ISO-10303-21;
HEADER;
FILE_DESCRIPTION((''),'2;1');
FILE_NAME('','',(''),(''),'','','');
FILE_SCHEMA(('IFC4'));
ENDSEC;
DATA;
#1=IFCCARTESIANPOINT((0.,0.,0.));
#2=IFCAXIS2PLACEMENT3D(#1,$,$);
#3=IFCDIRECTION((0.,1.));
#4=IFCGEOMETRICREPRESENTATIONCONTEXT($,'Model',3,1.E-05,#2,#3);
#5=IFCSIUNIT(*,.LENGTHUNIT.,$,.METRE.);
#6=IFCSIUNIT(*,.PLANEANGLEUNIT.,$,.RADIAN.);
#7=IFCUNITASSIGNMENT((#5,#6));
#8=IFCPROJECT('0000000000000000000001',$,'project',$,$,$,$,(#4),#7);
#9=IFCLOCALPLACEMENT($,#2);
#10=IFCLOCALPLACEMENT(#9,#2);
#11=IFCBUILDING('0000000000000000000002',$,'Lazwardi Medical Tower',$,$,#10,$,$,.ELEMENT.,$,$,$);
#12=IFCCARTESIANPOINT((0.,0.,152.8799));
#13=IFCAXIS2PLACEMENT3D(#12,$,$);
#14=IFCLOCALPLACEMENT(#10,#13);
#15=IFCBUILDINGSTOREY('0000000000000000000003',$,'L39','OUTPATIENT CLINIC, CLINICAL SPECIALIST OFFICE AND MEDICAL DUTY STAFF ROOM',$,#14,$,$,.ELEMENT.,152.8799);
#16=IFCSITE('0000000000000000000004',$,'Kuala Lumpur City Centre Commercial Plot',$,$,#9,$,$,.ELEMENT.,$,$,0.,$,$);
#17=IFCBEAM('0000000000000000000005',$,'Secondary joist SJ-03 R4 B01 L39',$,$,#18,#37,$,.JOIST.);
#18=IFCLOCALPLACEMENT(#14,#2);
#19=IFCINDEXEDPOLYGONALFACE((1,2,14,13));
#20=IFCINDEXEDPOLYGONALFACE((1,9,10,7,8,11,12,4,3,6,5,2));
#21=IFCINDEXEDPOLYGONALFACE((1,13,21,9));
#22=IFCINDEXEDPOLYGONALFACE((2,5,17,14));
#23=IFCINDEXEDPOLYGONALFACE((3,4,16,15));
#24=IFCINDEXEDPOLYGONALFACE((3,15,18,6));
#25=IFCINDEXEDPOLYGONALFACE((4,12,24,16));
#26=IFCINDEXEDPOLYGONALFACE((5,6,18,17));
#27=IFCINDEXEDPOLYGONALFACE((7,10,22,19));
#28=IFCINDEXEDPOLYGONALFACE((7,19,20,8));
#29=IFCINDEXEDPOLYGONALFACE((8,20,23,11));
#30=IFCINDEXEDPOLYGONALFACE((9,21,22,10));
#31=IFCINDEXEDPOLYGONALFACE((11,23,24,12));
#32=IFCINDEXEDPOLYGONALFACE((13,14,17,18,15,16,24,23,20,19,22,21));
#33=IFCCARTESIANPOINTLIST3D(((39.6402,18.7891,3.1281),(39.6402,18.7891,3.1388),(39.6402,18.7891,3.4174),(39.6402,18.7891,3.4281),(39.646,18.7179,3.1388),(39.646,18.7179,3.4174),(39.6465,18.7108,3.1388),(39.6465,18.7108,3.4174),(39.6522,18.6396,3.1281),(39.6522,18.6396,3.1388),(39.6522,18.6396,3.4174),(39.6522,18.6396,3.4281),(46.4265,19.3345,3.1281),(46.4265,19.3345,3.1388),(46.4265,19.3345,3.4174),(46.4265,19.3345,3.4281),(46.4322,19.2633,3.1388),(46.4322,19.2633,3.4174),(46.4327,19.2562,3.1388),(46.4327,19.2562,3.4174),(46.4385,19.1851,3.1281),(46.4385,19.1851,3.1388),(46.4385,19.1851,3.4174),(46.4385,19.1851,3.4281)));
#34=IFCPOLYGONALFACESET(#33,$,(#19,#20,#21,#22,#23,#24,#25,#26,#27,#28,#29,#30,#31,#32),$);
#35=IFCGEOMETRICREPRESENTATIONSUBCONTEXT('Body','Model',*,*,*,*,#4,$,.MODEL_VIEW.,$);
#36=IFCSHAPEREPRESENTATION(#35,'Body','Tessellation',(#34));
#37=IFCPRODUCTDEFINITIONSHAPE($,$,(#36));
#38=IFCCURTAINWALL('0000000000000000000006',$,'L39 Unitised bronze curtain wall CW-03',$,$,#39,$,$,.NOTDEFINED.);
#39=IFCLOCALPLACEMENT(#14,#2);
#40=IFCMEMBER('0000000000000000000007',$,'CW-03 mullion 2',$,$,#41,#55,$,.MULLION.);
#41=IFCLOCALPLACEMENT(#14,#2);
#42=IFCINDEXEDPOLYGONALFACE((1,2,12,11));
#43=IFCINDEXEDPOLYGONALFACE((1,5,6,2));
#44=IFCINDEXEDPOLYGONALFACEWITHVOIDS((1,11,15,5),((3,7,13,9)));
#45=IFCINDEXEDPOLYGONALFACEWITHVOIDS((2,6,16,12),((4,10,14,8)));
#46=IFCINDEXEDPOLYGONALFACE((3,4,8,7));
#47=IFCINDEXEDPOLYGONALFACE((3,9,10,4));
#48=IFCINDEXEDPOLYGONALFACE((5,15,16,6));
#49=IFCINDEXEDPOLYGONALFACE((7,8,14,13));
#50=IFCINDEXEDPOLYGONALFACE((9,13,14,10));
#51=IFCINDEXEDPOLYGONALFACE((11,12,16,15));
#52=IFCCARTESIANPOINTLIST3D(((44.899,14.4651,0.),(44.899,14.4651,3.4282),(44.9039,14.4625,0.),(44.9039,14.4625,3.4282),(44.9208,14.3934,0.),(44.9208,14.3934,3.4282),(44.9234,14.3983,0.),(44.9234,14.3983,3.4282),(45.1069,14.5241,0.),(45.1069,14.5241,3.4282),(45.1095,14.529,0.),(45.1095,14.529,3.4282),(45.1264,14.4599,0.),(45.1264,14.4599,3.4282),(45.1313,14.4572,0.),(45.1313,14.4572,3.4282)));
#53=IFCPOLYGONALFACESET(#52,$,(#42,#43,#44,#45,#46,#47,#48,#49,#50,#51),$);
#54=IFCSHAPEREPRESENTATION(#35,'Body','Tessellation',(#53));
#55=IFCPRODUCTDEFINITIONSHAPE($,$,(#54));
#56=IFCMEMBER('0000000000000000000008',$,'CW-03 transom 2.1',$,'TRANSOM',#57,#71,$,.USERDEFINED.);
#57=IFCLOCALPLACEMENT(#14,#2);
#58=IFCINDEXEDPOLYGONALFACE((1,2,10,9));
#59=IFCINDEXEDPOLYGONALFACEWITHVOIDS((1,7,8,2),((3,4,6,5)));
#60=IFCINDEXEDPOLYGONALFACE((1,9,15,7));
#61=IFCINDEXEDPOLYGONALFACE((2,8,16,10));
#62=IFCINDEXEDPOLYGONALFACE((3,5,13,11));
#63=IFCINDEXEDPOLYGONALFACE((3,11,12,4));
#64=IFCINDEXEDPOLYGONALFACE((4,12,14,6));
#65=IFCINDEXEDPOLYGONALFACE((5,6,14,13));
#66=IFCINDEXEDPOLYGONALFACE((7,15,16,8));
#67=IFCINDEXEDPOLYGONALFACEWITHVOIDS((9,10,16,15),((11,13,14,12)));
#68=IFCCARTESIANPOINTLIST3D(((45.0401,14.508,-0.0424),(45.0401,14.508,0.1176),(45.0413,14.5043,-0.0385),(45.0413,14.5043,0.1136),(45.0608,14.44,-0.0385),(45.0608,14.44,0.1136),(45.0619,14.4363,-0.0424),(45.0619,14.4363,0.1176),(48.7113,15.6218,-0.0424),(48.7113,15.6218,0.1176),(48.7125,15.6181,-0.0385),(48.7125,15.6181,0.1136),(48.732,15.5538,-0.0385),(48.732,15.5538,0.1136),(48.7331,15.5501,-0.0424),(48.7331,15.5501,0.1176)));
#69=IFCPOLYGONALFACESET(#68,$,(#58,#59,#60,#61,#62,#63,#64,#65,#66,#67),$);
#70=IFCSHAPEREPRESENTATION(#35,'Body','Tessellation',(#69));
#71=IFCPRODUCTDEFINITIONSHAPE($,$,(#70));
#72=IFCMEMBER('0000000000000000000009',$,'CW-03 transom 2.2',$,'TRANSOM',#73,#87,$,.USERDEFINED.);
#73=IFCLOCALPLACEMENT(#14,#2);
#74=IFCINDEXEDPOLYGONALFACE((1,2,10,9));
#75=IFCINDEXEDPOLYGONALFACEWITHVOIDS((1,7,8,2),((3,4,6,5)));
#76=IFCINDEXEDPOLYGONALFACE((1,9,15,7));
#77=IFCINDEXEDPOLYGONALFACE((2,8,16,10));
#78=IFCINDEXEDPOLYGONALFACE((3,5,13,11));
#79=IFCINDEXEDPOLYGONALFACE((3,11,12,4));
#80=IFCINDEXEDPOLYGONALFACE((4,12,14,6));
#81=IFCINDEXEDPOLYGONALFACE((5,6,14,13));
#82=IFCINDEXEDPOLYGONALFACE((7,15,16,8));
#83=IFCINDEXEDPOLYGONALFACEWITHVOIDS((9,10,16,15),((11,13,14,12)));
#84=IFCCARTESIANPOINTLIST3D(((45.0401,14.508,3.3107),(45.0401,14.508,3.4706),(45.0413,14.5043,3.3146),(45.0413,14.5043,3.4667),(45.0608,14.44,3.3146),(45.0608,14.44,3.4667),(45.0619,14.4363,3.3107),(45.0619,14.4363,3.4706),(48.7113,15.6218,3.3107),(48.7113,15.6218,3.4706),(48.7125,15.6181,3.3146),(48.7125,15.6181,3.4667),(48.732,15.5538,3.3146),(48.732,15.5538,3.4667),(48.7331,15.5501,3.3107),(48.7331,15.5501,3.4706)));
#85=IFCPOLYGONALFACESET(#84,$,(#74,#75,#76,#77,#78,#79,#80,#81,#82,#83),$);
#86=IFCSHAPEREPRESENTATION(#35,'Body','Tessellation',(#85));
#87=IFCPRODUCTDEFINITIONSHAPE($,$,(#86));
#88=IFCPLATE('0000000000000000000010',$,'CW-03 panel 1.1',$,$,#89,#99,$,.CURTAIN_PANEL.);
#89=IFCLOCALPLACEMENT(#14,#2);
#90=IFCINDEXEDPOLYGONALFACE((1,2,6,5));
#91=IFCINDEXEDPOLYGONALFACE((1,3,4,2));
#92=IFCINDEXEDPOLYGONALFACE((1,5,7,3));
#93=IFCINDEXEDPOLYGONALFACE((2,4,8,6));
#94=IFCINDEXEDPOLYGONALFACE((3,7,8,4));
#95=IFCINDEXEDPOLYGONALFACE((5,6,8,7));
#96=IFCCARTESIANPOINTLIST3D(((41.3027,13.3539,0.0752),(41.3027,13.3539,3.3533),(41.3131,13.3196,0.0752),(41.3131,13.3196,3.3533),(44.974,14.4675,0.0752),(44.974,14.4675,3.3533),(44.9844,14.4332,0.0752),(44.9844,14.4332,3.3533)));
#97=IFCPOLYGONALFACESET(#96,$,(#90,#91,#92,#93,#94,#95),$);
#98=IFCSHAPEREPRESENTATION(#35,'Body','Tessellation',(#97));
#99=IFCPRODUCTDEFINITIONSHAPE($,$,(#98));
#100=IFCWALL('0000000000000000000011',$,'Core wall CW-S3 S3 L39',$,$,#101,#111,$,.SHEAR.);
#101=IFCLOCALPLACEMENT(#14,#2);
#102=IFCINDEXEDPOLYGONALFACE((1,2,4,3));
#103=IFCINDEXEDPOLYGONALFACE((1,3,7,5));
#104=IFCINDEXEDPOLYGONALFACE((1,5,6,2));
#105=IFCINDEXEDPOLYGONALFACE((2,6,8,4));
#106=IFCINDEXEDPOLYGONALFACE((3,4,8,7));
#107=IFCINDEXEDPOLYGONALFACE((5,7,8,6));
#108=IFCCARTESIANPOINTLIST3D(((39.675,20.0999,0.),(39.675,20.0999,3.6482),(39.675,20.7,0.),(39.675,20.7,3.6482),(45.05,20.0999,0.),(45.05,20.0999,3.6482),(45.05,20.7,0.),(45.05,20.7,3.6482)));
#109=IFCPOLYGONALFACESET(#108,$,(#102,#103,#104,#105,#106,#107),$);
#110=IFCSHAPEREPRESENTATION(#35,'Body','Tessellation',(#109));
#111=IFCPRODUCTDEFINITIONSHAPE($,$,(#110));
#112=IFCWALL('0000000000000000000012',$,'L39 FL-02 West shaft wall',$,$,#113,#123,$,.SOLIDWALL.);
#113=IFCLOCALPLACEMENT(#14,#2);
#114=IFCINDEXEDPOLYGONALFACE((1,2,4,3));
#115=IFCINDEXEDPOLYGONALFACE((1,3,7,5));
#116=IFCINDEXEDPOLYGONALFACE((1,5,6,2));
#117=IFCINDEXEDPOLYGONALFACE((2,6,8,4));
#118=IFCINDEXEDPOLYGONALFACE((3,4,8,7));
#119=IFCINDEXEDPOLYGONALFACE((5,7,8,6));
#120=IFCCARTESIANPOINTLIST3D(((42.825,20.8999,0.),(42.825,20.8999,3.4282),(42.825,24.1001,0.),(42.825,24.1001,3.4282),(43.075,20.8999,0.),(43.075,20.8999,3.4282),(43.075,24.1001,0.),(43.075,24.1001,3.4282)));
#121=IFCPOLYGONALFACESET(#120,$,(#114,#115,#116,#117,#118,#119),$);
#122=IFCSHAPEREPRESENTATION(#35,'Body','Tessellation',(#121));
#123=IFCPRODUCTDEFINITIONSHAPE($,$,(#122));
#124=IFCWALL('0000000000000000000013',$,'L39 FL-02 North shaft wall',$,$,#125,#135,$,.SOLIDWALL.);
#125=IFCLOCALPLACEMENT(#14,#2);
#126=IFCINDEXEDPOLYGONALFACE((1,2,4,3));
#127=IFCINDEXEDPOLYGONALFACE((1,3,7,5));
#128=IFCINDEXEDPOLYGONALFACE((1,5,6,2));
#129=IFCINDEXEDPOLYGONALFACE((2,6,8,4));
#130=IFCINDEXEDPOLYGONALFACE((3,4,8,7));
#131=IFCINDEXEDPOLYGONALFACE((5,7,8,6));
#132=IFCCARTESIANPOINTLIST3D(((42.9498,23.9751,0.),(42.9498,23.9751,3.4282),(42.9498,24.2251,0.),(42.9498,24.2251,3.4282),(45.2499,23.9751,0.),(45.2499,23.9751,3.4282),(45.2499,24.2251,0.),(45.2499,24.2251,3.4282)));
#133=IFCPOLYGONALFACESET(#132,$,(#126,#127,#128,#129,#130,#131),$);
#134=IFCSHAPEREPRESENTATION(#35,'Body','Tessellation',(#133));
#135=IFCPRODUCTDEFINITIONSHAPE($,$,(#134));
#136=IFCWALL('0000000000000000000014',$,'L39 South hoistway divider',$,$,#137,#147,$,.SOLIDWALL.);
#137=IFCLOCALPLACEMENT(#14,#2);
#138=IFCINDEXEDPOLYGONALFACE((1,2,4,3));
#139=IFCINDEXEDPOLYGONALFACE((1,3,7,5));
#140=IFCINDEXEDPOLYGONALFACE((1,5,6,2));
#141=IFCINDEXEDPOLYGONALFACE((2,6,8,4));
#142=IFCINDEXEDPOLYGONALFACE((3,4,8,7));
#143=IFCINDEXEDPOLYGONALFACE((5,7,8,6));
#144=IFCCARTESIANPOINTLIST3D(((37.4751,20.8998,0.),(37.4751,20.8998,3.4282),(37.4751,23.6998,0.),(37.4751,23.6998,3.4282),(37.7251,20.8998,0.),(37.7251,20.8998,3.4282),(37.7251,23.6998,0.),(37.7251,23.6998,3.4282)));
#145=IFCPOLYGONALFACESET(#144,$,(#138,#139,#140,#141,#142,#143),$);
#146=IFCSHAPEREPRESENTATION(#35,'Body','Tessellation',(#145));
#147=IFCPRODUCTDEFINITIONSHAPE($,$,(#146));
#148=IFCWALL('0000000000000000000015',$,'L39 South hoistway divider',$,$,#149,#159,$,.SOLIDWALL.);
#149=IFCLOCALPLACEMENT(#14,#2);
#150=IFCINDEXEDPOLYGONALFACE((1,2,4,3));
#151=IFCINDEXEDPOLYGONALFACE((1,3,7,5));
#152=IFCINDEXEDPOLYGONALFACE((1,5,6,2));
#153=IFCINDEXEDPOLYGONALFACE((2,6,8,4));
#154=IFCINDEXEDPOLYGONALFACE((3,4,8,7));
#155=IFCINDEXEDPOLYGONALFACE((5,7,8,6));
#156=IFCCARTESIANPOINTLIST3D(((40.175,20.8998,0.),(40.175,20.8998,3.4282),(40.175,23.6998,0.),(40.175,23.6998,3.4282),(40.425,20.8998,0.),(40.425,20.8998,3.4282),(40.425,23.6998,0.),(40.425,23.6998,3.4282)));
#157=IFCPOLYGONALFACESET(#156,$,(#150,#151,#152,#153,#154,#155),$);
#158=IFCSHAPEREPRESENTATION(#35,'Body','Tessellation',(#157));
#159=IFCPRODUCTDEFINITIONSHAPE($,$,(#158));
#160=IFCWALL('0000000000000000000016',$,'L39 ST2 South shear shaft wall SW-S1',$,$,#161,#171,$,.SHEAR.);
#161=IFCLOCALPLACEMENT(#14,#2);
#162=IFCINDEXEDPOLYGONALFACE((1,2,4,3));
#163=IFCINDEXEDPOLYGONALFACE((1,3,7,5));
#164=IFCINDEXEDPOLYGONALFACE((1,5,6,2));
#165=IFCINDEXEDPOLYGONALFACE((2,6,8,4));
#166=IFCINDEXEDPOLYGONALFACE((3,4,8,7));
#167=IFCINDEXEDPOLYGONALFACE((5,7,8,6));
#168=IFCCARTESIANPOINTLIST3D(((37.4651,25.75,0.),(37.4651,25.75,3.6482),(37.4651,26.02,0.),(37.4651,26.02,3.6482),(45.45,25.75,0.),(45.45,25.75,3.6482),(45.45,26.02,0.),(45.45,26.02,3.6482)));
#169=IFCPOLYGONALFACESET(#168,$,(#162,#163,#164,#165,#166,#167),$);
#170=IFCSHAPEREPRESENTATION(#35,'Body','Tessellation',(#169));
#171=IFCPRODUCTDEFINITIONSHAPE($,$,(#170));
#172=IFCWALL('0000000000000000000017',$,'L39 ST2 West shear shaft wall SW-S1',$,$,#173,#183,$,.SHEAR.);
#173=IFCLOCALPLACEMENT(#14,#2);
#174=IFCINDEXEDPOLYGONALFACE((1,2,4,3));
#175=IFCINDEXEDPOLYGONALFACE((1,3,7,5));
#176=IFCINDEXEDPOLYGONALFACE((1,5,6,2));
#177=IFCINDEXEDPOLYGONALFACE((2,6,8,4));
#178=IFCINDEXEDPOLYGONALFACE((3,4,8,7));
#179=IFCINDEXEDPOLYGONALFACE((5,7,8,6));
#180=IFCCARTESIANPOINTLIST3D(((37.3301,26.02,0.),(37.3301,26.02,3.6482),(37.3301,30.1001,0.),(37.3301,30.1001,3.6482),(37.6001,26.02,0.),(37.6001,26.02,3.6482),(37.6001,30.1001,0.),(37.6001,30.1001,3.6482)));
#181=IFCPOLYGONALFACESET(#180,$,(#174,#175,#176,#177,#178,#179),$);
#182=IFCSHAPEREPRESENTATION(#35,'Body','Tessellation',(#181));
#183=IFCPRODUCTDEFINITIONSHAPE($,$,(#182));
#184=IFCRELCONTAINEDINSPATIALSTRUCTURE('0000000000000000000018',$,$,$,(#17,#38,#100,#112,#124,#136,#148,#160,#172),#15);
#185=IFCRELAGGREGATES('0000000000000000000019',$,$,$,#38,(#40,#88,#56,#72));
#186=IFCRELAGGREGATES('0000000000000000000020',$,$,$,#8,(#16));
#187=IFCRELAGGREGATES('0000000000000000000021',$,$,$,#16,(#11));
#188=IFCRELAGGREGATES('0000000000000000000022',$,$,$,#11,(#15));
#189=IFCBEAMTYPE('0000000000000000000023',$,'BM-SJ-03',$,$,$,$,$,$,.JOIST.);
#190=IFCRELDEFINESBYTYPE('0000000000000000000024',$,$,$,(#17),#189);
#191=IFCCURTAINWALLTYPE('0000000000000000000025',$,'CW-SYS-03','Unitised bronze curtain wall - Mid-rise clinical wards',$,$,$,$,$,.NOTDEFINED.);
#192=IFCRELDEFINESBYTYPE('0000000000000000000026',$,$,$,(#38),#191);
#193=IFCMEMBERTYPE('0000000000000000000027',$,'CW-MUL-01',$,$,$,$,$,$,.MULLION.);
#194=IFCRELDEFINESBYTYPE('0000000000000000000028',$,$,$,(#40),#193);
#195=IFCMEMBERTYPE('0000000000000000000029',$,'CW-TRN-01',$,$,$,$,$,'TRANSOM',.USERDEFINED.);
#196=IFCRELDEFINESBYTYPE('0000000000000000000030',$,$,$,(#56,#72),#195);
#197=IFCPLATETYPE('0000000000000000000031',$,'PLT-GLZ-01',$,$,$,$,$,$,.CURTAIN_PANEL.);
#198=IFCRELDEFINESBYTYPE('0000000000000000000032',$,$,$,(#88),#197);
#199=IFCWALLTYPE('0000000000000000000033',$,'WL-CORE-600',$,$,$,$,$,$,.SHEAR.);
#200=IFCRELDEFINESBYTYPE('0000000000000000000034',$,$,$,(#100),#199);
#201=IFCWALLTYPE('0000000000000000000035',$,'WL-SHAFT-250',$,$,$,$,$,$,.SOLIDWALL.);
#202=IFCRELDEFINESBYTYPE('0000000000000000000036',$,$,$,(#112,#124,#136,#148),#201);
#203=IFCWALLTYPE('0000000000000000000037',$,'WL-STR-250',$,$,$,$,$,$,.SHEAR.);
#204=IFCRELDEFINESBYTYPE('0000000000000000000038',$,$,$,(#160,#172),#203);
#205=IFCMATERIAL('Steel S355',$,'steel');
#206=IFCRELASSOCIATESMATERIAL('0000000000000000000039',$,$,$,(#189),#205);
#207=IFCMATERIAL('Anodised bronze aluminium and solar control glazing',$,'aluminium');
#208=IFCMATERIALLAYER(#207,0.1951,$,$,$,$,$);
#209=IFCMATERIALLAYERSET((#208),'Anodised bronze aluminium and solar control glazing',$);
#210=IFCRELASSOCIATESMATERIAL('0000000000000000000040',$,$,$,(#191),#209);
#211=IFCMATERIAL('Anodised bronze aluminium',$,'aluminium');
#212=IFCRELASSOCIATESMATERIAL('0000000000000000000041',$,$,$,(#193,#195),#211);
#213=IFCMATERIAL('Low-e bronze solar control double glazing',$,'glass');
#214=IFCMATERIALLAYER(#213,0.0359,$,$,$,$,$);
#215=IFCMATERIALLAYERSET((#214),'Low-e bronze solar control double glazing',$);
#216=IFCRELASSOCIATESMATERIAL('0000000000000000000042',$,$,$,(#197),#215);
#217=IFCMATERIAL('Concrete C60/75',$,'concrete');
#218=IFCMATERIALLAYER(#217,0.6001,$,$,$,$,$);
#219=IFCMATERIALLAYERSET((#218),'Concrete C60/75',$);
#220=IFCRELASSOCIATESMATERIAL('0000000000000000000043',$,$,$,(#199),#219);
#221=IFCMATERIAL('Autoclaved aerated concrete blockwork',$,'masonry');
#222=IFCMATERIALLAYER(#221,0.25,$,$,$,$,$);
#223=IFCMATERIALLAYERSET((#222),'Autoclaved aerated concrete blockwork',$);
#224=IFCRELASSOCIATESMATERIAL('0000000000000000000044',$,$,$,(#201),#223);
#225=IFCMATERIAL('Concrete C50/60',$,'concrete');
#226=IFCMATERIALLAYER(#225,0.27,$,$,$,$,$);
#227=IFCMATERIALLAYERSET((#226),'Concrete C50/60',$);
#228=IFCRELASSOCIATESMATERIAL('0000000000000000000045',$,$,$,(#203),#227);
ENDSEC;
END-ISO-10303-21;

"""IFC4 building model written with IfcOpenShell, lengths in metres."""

from ifc_helpers import new_model, si_unit, direction, frame, frame_2d, origin, origin_2d, place, context, subcontext, project, spatial, rectangle, hollow_rectangle, i_section, extrude, material, layer, layer_set, material_profile, profile_set, type_object, element, aggregate, save


model = new_model("IFC4")

# Units and contexts
model_context = context("Model", 3, precision=1e-05, world=origin(), true_north=direction((0.0, 1.0)))
body_context = subcontext(model_context, "Body", "Model", "MODEL_VIEW")
ifc_project = project(units=[si_unit("LENGTHUNIT", "METRE"), si_unit("PLANEANGLEUNIT", "RADIAN")], contexts=[model_context])

# Site, building, storey
site_placement = place(None, origin())
site = spatial("IfcSite", under=ifc_project, at=site_placement, Name="Kuala Lumpur City Centre Commercial Plot", CompositionType="ELEMENT", RefElevation=0.0)
building_placement = place(site_placement, origin())
building = spatial("IfcBuilding", under=site, at=building_placement, Name="Lazwardi Medical Tower", CompositionType="ELEMENT")
storey_placement = place(building_placement, frame((0.0, 0.0, 152.8799)))
storey = spatial("IfcBuildingStorey", under=building, at=storey_placement, Name="L39", Description="OUTPATIENT CLINIC, CLINICAL SPECIALIST OFFICE AND MEDICAL DUTY STAFF ROOM", CompositionType="ELEMENT", Elevation=152.8799)

# Shared definitions
ifc_material_1 = material(Name="Concrete C60/75", Category="concrete")

# Beam
ifc_material_2 = material(Name="Steel S355", Category="steel")
ifc_material_profile_1 = material_profile(ifc_material_2, i_section(OverallWidth=0.1499, OverallDepth=0.3, WebThickness=0.0071, FlangeThickness=0.0107, at=origin_2d()), Name="IPE 300")
ifc_profile_set_1 = profile_set([ifc_material_profile_1], Name="Steel S355")
beam_type_1 = type_object("IfcBeamType", Name="BM-SJ-03", PredefinedType="JOIST", material=ifc_profile_set_1)
beam_1_placement = place(storey_placement, frame((39.6462, 18.7144, 3.2781), z_axis=(0.996786, 0.080113, 0.0), x_axis=(-0.080113, 0.996786, 0.0)))
element("IfcBeam", 1, at=beam_1_placement, inside=storey, type_object=beam_type_1, Name="Secondary joist SJ-03 R4 B01 L39", PredefinedType="JOIST", context=body_context, shape_type="SweptSolid", body=[
    extrude(i_section(OverallWidth=0.1499, OverallDepth=0.3, WebThickness=0.0071, FlangeThickness=0.0107, at=origin_2d()), origin(), (0.0, 0.0, 1.0), 6.8081),
])

# Curtain wall, members, plate
ifc_material_3 = material(Name="Anodised bronze aluminium and solar control glazing", Category="aluminium")
ifc_layer_1 = layer(ifc_material_3, 0.1951)
ifc_layer_set_1 = layer_set([ifc_layer_1], Name="Anodised bronze aluminium and solar control glazing")
curtain_wall_type = type_object("IfcCurtainWallType", Name="CW-SYS-03", Description="Unitised bronze curtain wall - Mid-rise clinical wards", PredefinedType="NOTDEFINED", material=ifc_layer_set_1)
curtain_wall_placement = place(storey_placement, origin())
curtain_wall = element("IfcCurtainWall", 2, at=curtain_wall_placement, inside=storey, type_object=curtain_wall_type, Name="L39 Unitised bronze curtain wall CW-03", PredefinedType="NOTDEFINED")
ifc_material_4 = material(Name="Anodised bronze aluminium", Category="aluminium")
ifc_material_profile_2 = material_profile(ifc_material_4, hollow_rectangle(XDim=0.075, YDim=0.22, WallThickness=0.0039, at=origin_2d()), Name="ALU-MULLION 220x75x4")
ifc_profile_set_2 = profile_set([ifc_material_profile_2], Name="Anodised bronze aluminium")
member_type_1 = type_object("IfcMemberType", Name="CW-MUL-01", PredefinedType="MULLION", material=ifc_profile_set_2)
member_1_placement = place(storey_placement, frame((45.0151, 14.4612, 0.0), z_axis=(0.0, 0.0, 1.0), x_axis=(-0.290281, 0.956942, 0.0)))
member_1 = element("IfcMember", 3, at=member_1_placement, type_object=member_type_1, Name="CW-03 mullion 2", PredefinedType="MULLION", context=body_context, shape_type="SweptSolid", body=[
    extrude(hollow_rectangle(XDim=0.075, YDim=0.22, WallThickness=0.0039, at=origin_2d()), origin(), (0.0, 0.0, 1.0), 3.4282),
])
ifc_material_profile_3 = material_profile(ifc_material_4, hollow_rectangle(XDim=0.075, YDim=0.1599, WallThickness=0.0039, at=origin_2d()), Name="ALU-TRANSOM 160x75x4")
ifc_profile_set_3 = profile_set([ifc_material_profile_3], Name="Anodised bronze aluminium")
member_type_2 = type_object("IfcMemberType", Name="CW-TRN-01", ElementType="TRANSOM", PredefinedType="USERDEFINED", material=ifc_profile_set_3)
member_2_placement = place(storey_placement, frame((45.051, 14.4722, 0.0376), z_axis=(0.95693, 0.290318, 0.0), x_axis=(-0.290318, 0.95693, 0.0)))
member_2 = element("IfcMember", 4, at=member_2_placement, type_object=member_type_2, Name="CW-03 transom 2.1", ObjectType="TRANSOM", PredefinedType="USERDEFINED", context=body_context, shape_type="SweptSolid", body=[
    extrude(hollow_rectangle(XDim=0.075, YDim=0.1599, WallThickness=0.0039, at=origin_2d()), origin(), (0.0, 0.0, 1.0), 3.8364),
])
member_3_placement = place(storey_placement, frame((45.051, 14.4722, 3.3906), z_axis=(0.95693, 0.290318, 0.0), x_axis=(-0.290318, 0.95693, 0.0)))
member_3 = element("IfcMember", 5, at=member_3_placement, type_object=member_type_2, Name="CW-03 transom 2.2", ObjectType="TRANSOM", PredefinedType="USERDEFINED", context=body_context, shape_type="SweptSolid", body=[
    extrude(hollow_rectangle(XDim=0.075, YDim=0.1599, WallThickness=0.0039, at=origin_2d()), origin(), (0.0, 0.0, 1.0), 3.8364),
])
ifc_material_5 = material(Name="Low-e bronze solar control double glazing", Category="glass")
ifc_layer_2 = layer(ifc_material_5, 0.0359)
ifc_layer_set_2 = layer_set([ifc_layer_2], Name="Low-e bronze solar control double glazing")
plate_type = type_object("IfcPlateType", Name="PLT-GLZ-01", PredefinedType="CURTAIN_PANEL", material=ifc_layer_set_2)
plate_placement = place(storey_placement, frame((43.1436, 13.8936, 0.0752), z_axis=(0.0, 0.0, 1.0), x_axis=(0.956942, 0.290281, 0.0)))
plate = element("IfcPlate", 6, at=plate_placement, type_object=plate_type, Name="CW-03 panel 1.1", PredefinedType="CURTAIN_PANEL", context=body_context, shape_type="SweptSolid", body=[
    extrude(rectangle(XDim=3.8364, YDim=0.0359, at=origin_2d()), origin(), (0.0, 0.0, 1.0), 3.2781),
])
aggregate(curtain_wall, [member_1, plate, member_2, member_3])

# Walls
ifc_layer_3 = layer(ifc_material_1, 0.6001)
ifc_layer_set_3 = layer_set([ifc_layer_3], Name="Concrete C60/75")
wall_type_1 = type_object("IfcWallType", Name="WL-CORE-600", PredefinedType="SHEAR", material=ifc_layer_set_3)
wall_1_placement = place(storey_placement, frame((39.675, 20.3999, 0.0), z_axis=(0.0, 0.0, 1.0), x_axis=(1.0, 0.0, 0.0)))
element("IfcWall", 7, at=wall_1_placement, inside=storey, type_object=wall_type_1, Name="Core wall CW-S3 S3 L39", PredefinedType="SHEAR", context=body_context, shape_type="SweptSolid", body=[
    extrude(rectangle(XDim=5.375, YDim=0.6001, at=frame_2d((2.6875, 0.0))), origin(), (0.0, 0.0, 1.0), 3.6482),
])
ifc_material_6 = material(Name="Autoclaved aerated concrete blockwork", Category="masonry")
ifc_layer_4 = layer(ifc_material_6, 0.25)
ifc_layer_set_4 = layer_set([ifc_layer_4], Name="Autoclaved aerated concrete blockwork")
wall_type_2 = type_object("IfcWallType", Name="WL-SHAFT-250", PredefinedType="SOLIDWALL", material=ifc_layer_set_4)
wall_2_placement = place(storey_placement, frame((42.95, 20.8999, 0.0), z_axis=(0.0, 0.0, 1.0), x_axis=(0.0, 1.0, 0.0)))
element("IfcWall", 8, at=wall_2_placement, inside=storey, type_object=wall_type_2, Name="L39 FL-02 West shaft wall", PredefinedType="SOLIDWALL", context=body_context, shape_type="SweptSolid", body=[
    extrude(rectangle(XDim=3.2002, YDim=0.25, at=frame_2d((1.6001, 0.0))), origin(), (0.0, 0.0, 1.0), 3.4282),
])
wall_3_placement = place(storey_placement, frame((42.95, 24.1001, 0.0), z_axis=(0.0, 0.0, 1.0), x_axis=(1.0, 0.0, 0.0)))
element("IfcWall", 9, at=wall_3_placement, inside=storey, type_object=wall_type_2, Name="L39 FL-02 North shaft wall", PredefinedType="SOLIDWALL", context=body_context, shape_type="SweptSolid", body=[
    extrude(rectangle(XDim=2.3, YDim=0.25, at=frame_2d((1.1499, 0.0))), origin(), (0.0, 0.0, 1.0), 3.4282),
])
for number, where, z_axis, x_axis, name in (
    (10, (37.6001, 20.8999, 0.0), (0.0, 0.0, 1.0), (0.0, 1.0, 0.0), "L39 South hoistway divider"),
    (11, (40.3, 20.8999, 0.0), (0.0, 0.0, 1.0), (0.0, 1.0, 0.0), "L39 South hoistway divider"),
):
    element("IfcWall", number, at=place(storey_placement, frame(where, z_axis=z_axis, x_axis=x_axis)), inside=storey, type_object=wall_type_2, Name=name, PredefinedType="SOLIDWALL", context=body_context, shape_type="SweptSolid", body=[
        extrude(rectangle(XDim=2.8, YDim=0.25, at=frame_2d((1.3999, 0.0))), origin(), (0.0, 0.0, 1.0), 3.4282),
    ])
ifc_material_7 = material(Name="Concrete C50/60", Category="concrete")
ifc_layer_5 = layer(ifc_material_7, 0.27)
ifc_layer_set_5 = layer_set([ifc_layer_5], Name="Concrete C50/60")
wall_type_3 = type_object("IfcWallType", Name="WL-STR-250", PredefinedType="SHEAR", material=ifc_layer_set_5)
wall_4_placement = place(storey_placement, frame((37.4651, 25.885, 0.0), z_axis=(0.0, 0.0, 1.0), x_axis=(1.0, 0.0, 0.0)))
element("IfcWall", 12, at=wall_4_placement, inside=storey, type_object=wall_type_3, Name="L39 ST2 South shear shaft wall SW-S1", PredefinedType="SHEAR", context=body_context, shape_type="SweptSolid", body=[
    extrude(rectangle(XDim=7.9849, YDim=0.27, at=frame_2d((3.9924, 0.0))), origin(), (0.0, 0.0, 1.0), 3.6482),
])
wall_5_placement = place(storey_placement, frame((37.4651, 26.02, 0.0), z_axis=(0.0, 0.0, 1.0), x_axis=(0.0, 1.0, 0.0)))
element("IfcWall", 13, at=wall_5_placement, inside=storey, type_object=wall_type_3, Name="L39 ST2 West shear shaft wall SW-S1", PredefinedType="SHEAR", context=body_context, shape_type="SweptSolid", body=[
    extrude(rectangle(XDim=4.0801, YDim=0.27, at=frame_2d((2.04, 0.0))), origin(), (0.0, 0.0, 1.0), 3.6482),
])

save(model, "model.ifc")
